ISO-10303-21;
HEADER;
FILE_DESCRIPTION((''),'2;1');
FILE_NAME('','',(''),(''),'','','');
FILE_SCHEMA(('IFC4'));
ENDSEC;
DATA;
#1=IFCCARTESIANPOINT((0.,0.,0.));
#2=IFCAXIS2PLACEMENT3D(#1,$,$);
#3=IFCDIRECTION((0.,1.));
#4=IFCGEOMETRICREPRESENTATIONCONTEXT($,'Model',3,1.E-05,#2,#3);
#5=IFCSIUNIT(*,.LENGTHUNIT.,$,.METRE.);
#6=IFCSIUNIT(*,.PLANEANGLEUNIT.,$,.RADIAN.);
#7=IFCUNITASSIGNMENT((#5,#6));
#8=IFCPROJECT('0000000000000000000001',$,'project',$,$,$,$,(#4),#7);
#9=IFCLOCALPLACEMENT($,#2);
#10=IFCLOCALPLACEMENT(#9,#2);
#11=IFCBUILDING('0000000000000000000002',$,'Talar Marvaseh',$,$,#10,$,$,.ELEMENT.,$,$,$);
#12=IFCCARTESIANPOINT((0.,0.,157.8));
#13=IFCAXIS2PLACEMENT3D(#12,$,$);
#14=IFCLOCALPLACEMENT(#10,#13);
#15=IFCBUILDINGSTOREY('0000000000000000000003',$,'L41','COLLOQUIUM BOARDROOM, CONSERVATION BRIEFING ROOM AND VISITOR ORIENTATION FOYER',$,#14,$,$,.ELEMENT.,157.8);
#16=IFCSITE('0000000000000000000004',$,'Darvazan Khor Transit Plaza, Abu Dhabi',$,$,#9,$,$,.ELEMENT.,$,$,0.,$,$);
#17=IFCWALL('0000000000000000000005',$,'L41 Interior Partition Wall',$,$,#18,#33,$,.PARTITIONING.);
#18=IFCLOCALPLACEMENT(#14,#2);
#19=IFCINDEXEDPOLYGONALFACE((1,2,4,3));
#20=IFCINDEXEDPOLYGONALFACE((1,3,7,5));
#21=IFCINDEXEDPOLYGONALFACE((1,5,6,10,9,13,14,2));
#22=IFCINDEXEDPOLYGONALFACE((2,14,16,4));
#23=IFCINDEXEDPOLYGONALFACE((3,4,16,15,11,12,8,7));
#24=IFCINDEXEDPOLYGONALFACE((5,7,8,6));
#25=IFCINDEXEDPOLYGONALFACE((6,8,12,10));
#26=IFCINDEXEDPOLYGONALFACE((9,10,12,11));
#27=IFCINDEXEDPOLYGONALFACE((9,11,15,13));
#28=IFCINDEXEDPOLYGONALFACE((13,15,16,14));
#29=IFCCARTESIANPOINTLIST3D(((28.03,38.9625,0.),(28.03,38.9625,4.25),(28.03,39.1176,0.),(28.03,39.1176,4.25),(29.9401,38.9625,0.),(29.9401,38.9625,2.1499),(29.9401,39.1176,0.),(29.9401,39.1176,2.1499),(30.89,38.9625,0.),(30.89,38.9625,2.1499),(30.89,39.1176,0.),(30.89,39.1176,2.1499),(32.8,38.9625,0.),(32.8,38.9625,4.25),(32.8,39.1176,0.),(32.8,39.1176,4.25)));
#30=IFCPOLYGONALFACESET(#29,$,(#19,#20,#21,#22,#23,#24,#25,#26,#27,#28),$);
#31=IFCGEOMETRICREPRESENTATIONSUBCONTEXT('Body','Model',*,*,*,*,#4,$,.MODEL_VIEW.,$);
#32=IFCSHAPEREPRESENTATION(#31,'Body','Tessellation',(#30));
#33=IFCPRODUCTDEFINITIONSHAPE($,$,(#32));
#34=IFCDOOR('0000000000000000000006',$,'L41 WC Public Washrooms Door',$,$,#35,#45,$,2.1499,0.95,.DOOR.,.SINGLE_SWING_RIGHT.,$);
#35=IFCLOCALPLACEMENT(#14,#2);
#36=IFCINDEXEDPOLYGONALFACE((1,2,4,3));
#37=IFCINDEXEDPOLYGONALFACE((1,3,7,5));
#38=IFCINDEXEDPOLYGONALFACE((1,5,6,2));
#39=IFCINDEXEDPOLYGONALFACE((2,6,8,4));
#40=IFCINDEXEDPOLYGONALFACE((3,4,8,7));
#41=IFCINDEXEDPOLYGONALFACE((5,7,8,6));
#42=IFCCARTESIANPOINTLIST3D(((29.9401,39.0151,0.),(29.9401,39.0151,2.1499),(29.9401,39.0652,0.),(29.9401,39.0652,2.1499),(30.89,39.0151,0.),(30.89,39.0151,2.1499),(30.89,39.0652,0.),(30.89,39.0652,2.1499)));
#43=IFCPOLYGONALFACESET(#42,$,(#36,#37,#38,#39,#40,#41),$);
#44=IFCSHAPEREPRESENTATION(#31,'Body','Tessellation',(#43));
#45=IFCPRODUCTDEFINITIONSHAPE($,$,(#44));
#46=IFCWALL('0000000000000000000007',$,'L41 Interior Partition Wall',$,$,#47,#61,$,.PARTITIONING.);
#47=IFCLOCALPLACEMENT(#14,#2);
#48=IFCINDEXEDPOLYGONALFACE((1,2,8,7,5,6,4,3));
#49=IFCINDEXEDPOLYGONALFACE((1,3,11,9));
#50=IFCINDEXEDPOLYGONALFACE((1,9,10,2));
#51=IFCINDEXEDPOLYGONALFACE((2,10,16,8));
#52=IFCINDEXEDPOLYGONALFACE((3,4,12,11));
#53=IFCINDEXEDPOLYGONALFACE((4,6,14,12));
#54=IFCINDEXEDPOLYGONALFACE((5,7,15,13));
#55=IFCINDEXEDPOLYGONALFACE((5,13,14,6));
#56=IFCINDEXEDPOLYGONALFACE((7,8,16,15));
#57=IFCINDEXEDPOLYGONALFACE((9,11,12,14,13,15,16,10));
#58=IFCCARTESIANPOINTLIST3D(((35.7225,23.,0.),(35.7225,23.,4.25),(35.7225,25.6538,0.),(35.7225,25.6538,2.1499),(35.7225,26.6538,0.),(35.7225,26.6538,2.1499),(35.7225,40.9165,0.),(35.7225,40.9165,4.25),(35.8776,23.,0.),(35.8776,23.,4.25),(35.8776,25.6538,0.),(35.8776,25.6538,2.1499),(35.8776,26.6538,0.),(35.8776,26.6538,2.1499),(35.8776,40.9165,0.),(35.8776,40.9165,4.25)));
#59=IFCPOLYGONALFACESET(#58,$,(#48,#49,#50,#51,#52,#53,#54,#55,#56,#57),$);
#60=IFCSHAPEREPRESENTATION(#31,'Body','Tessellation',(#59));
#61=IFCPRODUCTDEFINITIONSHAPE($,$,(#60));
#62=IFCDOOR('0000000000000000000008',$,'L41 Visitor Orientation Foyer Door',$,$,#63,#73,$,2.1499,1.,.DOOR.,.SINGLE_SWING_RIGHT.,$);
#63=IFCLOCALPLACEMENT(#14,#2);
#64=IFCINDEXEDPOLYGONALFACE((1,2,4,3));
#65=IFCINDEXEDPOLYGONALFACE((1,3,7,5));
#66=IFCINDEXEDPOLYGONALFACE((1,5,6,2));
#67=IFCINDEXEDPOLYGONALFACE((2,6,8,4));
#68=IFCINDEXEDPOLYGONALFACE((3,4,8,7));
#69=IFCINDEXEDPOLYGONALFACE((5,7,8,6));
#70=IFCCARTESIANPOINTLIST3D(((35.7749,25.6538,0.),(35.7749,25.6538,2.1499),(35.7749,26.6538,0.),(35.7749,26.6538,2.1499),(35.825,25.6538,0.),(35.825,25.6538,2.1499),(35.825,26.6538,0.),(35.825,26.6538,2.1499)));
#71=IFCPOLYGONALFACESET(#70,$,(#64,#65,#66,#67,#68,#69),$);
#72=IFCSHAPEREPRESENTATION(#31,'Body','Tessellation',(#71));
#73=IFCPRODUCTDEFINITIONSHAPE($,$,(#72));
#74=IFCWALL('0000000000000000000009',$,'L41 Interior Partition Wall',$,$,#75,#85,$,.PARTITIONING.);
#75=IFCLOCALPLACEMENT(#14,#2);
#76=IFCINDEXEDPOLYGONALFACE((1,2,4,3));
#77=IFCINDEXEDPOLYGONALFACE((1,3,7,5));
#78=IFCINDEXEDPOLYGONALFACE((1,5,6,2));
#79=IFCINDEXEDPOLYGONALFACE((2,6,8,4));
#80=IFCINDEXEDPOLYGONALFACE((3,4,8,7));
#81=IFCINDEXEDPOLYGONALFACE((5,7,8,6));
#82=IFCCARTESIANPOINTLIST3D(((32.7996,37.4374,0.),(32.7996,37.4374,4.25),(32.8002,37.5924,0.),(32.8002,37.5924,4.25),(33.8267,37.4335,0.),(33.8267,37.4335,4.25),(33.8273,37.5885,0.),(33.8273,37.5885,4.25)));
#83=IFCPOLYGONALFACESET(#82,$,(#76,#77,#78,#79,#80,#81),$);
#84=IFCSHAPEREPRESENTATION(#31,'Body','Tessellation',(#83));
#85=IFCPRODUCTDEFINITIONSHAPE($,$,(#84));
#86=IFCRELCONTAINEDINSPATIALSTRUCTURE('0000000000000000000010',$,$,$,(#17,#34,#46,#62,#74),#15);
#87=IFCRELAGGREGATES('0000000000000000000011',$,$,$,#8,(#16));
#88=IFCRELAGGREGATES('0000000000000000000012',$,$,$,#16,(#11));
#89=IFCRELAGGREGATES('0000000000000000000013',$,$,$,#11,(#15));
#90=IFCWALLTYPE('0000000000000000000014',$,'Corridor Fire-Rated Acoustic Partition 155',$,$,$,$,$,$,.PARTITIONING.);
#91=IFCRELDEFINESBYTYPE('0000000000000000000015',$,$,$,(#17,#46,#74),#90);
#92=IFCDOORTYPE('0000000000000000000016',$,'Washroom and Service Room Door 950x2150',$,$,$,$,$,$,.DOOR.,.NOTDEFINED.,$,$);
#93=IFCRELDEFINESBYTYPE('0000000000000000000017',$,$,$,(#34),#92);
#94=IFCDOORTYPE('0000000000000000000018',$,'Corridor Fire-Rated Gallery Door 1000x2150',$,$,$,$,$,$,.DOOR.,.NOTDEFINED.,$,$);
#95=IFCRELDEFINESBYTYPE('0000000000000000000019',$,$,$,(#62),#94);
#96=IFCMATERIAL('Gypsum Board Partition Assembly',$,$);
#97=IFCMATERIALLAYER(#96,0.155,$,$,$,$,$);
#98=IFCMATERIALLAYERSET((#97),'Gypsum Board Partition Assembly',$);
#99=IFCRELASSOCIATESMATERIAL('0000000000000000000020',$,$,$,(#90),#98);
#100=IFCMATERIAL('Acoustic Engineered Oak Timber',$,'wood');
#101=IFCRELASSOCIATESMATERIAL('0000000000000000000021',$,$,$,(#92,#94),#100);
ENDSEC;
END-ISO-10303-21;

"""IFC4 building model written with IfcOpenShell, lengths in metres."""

from ifc_helpers import new_model, si_unit, direction, frame, frame_2d, origin, place, context, subcontext, project, spatial, rectangle, extrude, source, transform, mapped, material, layer, layer_set, type_object, type_shapes, element, fill, save


model = new_model("IFC4")

# Units and contexts
model_context = context("Model", 3, precision=1e-05, world=origin(), true_north=direction((0.0, 1.0)))
body_context = subcontext(model_context, "Body", "Model", "MODEL_VIEW")
ifc_project = project(units=[si_unit("LENGTHUNIT", "METRE"), si_unit("PLANEANGLEUNIT", "RADIAN")], contexts=[model_context])

# Site, building, storey
site_placement = place(None, origin())
site = spatial("IfcSite", under=ifc_project, at=site_placement, Name="Darvazan Khor Transit Plaza, Abu Dhabi", CompositionType="ELEMENT", RefElevation=0.0)
building_placement = place(site_placement, origin())
building = spatial("IfcBuilding", under=site, at=building_placement, Name="Talar Marvaseh", CompositionType="ELEMENT")
storey_placement = place(building_placement, frame((0.0, 0.0, 157.8)))
storey = spatial("IfcBuildingStorey", under=building, at=storey_placement, Name="L41", Description="COLLOQUIUM BOARDROOM, CONSERVATION BRIEFING ROOM AND VISITOR ORIENTATION FOYER", CompositionType="ELEMENT", Elevation=157.8)

# Walls, openings, doors
ifc_material_1 = material(Name="Gypsum Board Partition Assembly")
ifc_layer_1 = layer(ifc_material_1, 0.155)
ifc_layer_set_1 = layer_set([ifc_layer_1], Name="Gypsum Board Partition Assembly")
wall_type_1 = type_object("IfcWallType", Name="Corridor Fire-Rated Acoustic Partition 155", PredefinedType="PARTITIONING", material=ifc_layer_set_1)
wall_1_placement = place(storey_placement, frame((32.8, 39.04, 0.0), z_axis=(0.0, 0.0, 1.0), x_axis=(-1.0, 0.0, 0.0)))
wall_1 = element("IfcWall", 1, at=wall_1_placement, inside=storey, type_object=wall_type_1, Name="L41 Interior Partition Wall", PredefinedType="PARTITIONING", context=body_context, shape_type="SweptSolid", body=[
    extrude(rectangle(XDim=4.77, YDim=0.155, at=frame_2d((2.385, 0.0))), origin(), (0.0, 0.0, 1.0), 4.25),
])
opening_1_placement = place(wall_1_placement, frame((1.9099, 0.0, 0.0)))
opening_1 = element("IfcOpeningElement", 2, at=opening_1_placement, cuts=wall_1, PredefinedType="OPENING", context=body_context, shape_type="SweptSolid", body=[
    extrude(rectangle(XDim=0.95, YDim=2.1499, at=frame_2d((0.4751, 1.075))), frame((0.0, 0.0874, 0.0), z_axis=(0.0, -1.0, 0.0), x_axis=(1.0, 0.0, 0.0)), (0.0, 0.0, 1.0), 0.175),
])
ifc_material_2 = material(Name="Acoustic Engineered Oak Timber", Category="wood")
door_type_1 = type_object("IfcDoorType", Name="Washroom and Service Room Door 950x2150", OperationType="NOTDEFINED", PredefinedType="DOOR", material=ifc_material_2)
shared_shape_1 = source(origin(), body_context, "Body", "SweptSolid", [
    extrude(rectangle(XDim=0.95, YDim=2.1499, at=frame_2d((0.4751, 1.075))), frame((0.0, 0.0249, 0.0), z_axis=(0.0, -1.0, 0.0), x_axis=(1.0, 0.0, 0.0)), (0.0, 0.0, 1.0), 0.05),
])
type_shapes(door_type_1, [shared_shape_1])
door_1_placement = place(opening_1_placement, origin())
door_1 = element("IfcDoor", 3, at=door_1_placement, inside=storey, type_object=door_type_1, Name="L41 WC Public Washrooms Door", OperationType="SINGLE_SWING_RIGHT", OverallHeight=2.1499, OverallWidth=0.95, PredefinedType="DOOR", context=body_context, shape_type="MappedRepresentation", body=[
    mapped(shared_shape_1, transform((0.0, 0.0, 0.0), x_axis=(1.0, 0.0, 0.0), y_axis=(0.0, 1.0, 0.0), z_axis=(0.0, 0.0, 1.0), scale=1.0)),
])
fill(opening_1, door_1)
wall_2_placement = place(storey_placement, frame((35.8, 40.9165, 0.0), z_axis=(0.0, 0.0, 1.0), x_axis=(0.0, -1.0, 0.0)))
wall_2 = element("IfcWall", 4, at=wall_2_placement, inside=storey, type_object=wall_type_1, Name="L41 Interior Partition Wall", PredefinedType="PARTITIONING", context=body_context, shape_type="SweptSolid", body=[
    extrude(rectangle(XDim=17.9165, YDim=0.155, at=frame_2d((8.9583, 0.0))), origin(), (0.0, 0.0, 1.0), 4.25),
])
opening_2_placement = place(wall_2_placement, frame((14.2627, 0.0, 0.0)))
opening_2 = element("IfcOpeningElement", 5, at=opening_2_placement, cuts=wall_2, PredefinedType="OPENING", context=body_context, shape_type="SweptSolid", body=[
    extrude(rectangle(XDim=1.0, YDim=2.1499, at=frame_2d((0.5, 1.075))), frame((0.0, 0.0874, 0.0), z_axis=(0.0, -1.0, 0.0), x_axis=(1.0, 0.0, 0.0)), (0.0, 0.0, 1.0), 0.175),
])
door_type_2 = type_object("IfcDoorType", Name="Corridor Fire-Rated Gallery Door 1000x2150", OperationType="NOTDEFINED", PredefinedType="DOOR", material=ifc_material_2)
shared_shape_2 = source(origin(), body_context, "Body", "SweptSolid", [
    extrude(rectangle(XDim=1.0, YDim=2.1499, at=frame_2d((0.5, 1.075))), frame((0.0, 0.0249, 0.0), z_axis=(0.0, -1.0, 0.0), x_axis=(1.0, 0.0, 0.0)), (0.0, 0.0, 1.0), 0.05),
])
type_shapes(door_type_2, [shared_shape_2])
door_2_placement = place(opening_2_placement, origin())
door_2 = element("IfcDoor", 6, at=door_2_placement, inside=storey, type_object=door_type_2, Name="L41 Visitor Orientation Foyer Door", OperationType="SINGLE_SWING_RIGHT", OverallHeight=2.1499, OverallWidth=1.0, PredefinedType="DOOR", context=body_context, shape_type="MappedRepresentation", body=[
    mapped(shared_shape_2, transform((0.0, 0.0, 0.0), x_axis=(1.0, 0.0, 0.0), y_axis=(0.0, 1.0, 0.0), z_axis=(0.0, 0.0, 1.0), scale=1.0)),
])
fill(opening_2, door_2)

# Wall
wall_3_placement = place(storey_placement, frame((33.8271, 37.511, 0.0), z_axis=(0.0, 0.0, 1.0), x_axis=(-0.999993, 0.003803, 0.0)))
element("IfcWall", 7, at=wall_3_placement, inside=storey, type_object=wall_type_1, Name="L41 Interior Partition Wall", PredefinedType="PARTITIONING", context=body_context, shape_type="SweptSolid", body=[
    extrude(rectangle(XDim=1.0271, YDim=0.155, at=frame_2d((0.5137, 0.0))), origin(), (0.0, 0.0, 1.0), 4.25),
])

save(model, "model.ifc")
